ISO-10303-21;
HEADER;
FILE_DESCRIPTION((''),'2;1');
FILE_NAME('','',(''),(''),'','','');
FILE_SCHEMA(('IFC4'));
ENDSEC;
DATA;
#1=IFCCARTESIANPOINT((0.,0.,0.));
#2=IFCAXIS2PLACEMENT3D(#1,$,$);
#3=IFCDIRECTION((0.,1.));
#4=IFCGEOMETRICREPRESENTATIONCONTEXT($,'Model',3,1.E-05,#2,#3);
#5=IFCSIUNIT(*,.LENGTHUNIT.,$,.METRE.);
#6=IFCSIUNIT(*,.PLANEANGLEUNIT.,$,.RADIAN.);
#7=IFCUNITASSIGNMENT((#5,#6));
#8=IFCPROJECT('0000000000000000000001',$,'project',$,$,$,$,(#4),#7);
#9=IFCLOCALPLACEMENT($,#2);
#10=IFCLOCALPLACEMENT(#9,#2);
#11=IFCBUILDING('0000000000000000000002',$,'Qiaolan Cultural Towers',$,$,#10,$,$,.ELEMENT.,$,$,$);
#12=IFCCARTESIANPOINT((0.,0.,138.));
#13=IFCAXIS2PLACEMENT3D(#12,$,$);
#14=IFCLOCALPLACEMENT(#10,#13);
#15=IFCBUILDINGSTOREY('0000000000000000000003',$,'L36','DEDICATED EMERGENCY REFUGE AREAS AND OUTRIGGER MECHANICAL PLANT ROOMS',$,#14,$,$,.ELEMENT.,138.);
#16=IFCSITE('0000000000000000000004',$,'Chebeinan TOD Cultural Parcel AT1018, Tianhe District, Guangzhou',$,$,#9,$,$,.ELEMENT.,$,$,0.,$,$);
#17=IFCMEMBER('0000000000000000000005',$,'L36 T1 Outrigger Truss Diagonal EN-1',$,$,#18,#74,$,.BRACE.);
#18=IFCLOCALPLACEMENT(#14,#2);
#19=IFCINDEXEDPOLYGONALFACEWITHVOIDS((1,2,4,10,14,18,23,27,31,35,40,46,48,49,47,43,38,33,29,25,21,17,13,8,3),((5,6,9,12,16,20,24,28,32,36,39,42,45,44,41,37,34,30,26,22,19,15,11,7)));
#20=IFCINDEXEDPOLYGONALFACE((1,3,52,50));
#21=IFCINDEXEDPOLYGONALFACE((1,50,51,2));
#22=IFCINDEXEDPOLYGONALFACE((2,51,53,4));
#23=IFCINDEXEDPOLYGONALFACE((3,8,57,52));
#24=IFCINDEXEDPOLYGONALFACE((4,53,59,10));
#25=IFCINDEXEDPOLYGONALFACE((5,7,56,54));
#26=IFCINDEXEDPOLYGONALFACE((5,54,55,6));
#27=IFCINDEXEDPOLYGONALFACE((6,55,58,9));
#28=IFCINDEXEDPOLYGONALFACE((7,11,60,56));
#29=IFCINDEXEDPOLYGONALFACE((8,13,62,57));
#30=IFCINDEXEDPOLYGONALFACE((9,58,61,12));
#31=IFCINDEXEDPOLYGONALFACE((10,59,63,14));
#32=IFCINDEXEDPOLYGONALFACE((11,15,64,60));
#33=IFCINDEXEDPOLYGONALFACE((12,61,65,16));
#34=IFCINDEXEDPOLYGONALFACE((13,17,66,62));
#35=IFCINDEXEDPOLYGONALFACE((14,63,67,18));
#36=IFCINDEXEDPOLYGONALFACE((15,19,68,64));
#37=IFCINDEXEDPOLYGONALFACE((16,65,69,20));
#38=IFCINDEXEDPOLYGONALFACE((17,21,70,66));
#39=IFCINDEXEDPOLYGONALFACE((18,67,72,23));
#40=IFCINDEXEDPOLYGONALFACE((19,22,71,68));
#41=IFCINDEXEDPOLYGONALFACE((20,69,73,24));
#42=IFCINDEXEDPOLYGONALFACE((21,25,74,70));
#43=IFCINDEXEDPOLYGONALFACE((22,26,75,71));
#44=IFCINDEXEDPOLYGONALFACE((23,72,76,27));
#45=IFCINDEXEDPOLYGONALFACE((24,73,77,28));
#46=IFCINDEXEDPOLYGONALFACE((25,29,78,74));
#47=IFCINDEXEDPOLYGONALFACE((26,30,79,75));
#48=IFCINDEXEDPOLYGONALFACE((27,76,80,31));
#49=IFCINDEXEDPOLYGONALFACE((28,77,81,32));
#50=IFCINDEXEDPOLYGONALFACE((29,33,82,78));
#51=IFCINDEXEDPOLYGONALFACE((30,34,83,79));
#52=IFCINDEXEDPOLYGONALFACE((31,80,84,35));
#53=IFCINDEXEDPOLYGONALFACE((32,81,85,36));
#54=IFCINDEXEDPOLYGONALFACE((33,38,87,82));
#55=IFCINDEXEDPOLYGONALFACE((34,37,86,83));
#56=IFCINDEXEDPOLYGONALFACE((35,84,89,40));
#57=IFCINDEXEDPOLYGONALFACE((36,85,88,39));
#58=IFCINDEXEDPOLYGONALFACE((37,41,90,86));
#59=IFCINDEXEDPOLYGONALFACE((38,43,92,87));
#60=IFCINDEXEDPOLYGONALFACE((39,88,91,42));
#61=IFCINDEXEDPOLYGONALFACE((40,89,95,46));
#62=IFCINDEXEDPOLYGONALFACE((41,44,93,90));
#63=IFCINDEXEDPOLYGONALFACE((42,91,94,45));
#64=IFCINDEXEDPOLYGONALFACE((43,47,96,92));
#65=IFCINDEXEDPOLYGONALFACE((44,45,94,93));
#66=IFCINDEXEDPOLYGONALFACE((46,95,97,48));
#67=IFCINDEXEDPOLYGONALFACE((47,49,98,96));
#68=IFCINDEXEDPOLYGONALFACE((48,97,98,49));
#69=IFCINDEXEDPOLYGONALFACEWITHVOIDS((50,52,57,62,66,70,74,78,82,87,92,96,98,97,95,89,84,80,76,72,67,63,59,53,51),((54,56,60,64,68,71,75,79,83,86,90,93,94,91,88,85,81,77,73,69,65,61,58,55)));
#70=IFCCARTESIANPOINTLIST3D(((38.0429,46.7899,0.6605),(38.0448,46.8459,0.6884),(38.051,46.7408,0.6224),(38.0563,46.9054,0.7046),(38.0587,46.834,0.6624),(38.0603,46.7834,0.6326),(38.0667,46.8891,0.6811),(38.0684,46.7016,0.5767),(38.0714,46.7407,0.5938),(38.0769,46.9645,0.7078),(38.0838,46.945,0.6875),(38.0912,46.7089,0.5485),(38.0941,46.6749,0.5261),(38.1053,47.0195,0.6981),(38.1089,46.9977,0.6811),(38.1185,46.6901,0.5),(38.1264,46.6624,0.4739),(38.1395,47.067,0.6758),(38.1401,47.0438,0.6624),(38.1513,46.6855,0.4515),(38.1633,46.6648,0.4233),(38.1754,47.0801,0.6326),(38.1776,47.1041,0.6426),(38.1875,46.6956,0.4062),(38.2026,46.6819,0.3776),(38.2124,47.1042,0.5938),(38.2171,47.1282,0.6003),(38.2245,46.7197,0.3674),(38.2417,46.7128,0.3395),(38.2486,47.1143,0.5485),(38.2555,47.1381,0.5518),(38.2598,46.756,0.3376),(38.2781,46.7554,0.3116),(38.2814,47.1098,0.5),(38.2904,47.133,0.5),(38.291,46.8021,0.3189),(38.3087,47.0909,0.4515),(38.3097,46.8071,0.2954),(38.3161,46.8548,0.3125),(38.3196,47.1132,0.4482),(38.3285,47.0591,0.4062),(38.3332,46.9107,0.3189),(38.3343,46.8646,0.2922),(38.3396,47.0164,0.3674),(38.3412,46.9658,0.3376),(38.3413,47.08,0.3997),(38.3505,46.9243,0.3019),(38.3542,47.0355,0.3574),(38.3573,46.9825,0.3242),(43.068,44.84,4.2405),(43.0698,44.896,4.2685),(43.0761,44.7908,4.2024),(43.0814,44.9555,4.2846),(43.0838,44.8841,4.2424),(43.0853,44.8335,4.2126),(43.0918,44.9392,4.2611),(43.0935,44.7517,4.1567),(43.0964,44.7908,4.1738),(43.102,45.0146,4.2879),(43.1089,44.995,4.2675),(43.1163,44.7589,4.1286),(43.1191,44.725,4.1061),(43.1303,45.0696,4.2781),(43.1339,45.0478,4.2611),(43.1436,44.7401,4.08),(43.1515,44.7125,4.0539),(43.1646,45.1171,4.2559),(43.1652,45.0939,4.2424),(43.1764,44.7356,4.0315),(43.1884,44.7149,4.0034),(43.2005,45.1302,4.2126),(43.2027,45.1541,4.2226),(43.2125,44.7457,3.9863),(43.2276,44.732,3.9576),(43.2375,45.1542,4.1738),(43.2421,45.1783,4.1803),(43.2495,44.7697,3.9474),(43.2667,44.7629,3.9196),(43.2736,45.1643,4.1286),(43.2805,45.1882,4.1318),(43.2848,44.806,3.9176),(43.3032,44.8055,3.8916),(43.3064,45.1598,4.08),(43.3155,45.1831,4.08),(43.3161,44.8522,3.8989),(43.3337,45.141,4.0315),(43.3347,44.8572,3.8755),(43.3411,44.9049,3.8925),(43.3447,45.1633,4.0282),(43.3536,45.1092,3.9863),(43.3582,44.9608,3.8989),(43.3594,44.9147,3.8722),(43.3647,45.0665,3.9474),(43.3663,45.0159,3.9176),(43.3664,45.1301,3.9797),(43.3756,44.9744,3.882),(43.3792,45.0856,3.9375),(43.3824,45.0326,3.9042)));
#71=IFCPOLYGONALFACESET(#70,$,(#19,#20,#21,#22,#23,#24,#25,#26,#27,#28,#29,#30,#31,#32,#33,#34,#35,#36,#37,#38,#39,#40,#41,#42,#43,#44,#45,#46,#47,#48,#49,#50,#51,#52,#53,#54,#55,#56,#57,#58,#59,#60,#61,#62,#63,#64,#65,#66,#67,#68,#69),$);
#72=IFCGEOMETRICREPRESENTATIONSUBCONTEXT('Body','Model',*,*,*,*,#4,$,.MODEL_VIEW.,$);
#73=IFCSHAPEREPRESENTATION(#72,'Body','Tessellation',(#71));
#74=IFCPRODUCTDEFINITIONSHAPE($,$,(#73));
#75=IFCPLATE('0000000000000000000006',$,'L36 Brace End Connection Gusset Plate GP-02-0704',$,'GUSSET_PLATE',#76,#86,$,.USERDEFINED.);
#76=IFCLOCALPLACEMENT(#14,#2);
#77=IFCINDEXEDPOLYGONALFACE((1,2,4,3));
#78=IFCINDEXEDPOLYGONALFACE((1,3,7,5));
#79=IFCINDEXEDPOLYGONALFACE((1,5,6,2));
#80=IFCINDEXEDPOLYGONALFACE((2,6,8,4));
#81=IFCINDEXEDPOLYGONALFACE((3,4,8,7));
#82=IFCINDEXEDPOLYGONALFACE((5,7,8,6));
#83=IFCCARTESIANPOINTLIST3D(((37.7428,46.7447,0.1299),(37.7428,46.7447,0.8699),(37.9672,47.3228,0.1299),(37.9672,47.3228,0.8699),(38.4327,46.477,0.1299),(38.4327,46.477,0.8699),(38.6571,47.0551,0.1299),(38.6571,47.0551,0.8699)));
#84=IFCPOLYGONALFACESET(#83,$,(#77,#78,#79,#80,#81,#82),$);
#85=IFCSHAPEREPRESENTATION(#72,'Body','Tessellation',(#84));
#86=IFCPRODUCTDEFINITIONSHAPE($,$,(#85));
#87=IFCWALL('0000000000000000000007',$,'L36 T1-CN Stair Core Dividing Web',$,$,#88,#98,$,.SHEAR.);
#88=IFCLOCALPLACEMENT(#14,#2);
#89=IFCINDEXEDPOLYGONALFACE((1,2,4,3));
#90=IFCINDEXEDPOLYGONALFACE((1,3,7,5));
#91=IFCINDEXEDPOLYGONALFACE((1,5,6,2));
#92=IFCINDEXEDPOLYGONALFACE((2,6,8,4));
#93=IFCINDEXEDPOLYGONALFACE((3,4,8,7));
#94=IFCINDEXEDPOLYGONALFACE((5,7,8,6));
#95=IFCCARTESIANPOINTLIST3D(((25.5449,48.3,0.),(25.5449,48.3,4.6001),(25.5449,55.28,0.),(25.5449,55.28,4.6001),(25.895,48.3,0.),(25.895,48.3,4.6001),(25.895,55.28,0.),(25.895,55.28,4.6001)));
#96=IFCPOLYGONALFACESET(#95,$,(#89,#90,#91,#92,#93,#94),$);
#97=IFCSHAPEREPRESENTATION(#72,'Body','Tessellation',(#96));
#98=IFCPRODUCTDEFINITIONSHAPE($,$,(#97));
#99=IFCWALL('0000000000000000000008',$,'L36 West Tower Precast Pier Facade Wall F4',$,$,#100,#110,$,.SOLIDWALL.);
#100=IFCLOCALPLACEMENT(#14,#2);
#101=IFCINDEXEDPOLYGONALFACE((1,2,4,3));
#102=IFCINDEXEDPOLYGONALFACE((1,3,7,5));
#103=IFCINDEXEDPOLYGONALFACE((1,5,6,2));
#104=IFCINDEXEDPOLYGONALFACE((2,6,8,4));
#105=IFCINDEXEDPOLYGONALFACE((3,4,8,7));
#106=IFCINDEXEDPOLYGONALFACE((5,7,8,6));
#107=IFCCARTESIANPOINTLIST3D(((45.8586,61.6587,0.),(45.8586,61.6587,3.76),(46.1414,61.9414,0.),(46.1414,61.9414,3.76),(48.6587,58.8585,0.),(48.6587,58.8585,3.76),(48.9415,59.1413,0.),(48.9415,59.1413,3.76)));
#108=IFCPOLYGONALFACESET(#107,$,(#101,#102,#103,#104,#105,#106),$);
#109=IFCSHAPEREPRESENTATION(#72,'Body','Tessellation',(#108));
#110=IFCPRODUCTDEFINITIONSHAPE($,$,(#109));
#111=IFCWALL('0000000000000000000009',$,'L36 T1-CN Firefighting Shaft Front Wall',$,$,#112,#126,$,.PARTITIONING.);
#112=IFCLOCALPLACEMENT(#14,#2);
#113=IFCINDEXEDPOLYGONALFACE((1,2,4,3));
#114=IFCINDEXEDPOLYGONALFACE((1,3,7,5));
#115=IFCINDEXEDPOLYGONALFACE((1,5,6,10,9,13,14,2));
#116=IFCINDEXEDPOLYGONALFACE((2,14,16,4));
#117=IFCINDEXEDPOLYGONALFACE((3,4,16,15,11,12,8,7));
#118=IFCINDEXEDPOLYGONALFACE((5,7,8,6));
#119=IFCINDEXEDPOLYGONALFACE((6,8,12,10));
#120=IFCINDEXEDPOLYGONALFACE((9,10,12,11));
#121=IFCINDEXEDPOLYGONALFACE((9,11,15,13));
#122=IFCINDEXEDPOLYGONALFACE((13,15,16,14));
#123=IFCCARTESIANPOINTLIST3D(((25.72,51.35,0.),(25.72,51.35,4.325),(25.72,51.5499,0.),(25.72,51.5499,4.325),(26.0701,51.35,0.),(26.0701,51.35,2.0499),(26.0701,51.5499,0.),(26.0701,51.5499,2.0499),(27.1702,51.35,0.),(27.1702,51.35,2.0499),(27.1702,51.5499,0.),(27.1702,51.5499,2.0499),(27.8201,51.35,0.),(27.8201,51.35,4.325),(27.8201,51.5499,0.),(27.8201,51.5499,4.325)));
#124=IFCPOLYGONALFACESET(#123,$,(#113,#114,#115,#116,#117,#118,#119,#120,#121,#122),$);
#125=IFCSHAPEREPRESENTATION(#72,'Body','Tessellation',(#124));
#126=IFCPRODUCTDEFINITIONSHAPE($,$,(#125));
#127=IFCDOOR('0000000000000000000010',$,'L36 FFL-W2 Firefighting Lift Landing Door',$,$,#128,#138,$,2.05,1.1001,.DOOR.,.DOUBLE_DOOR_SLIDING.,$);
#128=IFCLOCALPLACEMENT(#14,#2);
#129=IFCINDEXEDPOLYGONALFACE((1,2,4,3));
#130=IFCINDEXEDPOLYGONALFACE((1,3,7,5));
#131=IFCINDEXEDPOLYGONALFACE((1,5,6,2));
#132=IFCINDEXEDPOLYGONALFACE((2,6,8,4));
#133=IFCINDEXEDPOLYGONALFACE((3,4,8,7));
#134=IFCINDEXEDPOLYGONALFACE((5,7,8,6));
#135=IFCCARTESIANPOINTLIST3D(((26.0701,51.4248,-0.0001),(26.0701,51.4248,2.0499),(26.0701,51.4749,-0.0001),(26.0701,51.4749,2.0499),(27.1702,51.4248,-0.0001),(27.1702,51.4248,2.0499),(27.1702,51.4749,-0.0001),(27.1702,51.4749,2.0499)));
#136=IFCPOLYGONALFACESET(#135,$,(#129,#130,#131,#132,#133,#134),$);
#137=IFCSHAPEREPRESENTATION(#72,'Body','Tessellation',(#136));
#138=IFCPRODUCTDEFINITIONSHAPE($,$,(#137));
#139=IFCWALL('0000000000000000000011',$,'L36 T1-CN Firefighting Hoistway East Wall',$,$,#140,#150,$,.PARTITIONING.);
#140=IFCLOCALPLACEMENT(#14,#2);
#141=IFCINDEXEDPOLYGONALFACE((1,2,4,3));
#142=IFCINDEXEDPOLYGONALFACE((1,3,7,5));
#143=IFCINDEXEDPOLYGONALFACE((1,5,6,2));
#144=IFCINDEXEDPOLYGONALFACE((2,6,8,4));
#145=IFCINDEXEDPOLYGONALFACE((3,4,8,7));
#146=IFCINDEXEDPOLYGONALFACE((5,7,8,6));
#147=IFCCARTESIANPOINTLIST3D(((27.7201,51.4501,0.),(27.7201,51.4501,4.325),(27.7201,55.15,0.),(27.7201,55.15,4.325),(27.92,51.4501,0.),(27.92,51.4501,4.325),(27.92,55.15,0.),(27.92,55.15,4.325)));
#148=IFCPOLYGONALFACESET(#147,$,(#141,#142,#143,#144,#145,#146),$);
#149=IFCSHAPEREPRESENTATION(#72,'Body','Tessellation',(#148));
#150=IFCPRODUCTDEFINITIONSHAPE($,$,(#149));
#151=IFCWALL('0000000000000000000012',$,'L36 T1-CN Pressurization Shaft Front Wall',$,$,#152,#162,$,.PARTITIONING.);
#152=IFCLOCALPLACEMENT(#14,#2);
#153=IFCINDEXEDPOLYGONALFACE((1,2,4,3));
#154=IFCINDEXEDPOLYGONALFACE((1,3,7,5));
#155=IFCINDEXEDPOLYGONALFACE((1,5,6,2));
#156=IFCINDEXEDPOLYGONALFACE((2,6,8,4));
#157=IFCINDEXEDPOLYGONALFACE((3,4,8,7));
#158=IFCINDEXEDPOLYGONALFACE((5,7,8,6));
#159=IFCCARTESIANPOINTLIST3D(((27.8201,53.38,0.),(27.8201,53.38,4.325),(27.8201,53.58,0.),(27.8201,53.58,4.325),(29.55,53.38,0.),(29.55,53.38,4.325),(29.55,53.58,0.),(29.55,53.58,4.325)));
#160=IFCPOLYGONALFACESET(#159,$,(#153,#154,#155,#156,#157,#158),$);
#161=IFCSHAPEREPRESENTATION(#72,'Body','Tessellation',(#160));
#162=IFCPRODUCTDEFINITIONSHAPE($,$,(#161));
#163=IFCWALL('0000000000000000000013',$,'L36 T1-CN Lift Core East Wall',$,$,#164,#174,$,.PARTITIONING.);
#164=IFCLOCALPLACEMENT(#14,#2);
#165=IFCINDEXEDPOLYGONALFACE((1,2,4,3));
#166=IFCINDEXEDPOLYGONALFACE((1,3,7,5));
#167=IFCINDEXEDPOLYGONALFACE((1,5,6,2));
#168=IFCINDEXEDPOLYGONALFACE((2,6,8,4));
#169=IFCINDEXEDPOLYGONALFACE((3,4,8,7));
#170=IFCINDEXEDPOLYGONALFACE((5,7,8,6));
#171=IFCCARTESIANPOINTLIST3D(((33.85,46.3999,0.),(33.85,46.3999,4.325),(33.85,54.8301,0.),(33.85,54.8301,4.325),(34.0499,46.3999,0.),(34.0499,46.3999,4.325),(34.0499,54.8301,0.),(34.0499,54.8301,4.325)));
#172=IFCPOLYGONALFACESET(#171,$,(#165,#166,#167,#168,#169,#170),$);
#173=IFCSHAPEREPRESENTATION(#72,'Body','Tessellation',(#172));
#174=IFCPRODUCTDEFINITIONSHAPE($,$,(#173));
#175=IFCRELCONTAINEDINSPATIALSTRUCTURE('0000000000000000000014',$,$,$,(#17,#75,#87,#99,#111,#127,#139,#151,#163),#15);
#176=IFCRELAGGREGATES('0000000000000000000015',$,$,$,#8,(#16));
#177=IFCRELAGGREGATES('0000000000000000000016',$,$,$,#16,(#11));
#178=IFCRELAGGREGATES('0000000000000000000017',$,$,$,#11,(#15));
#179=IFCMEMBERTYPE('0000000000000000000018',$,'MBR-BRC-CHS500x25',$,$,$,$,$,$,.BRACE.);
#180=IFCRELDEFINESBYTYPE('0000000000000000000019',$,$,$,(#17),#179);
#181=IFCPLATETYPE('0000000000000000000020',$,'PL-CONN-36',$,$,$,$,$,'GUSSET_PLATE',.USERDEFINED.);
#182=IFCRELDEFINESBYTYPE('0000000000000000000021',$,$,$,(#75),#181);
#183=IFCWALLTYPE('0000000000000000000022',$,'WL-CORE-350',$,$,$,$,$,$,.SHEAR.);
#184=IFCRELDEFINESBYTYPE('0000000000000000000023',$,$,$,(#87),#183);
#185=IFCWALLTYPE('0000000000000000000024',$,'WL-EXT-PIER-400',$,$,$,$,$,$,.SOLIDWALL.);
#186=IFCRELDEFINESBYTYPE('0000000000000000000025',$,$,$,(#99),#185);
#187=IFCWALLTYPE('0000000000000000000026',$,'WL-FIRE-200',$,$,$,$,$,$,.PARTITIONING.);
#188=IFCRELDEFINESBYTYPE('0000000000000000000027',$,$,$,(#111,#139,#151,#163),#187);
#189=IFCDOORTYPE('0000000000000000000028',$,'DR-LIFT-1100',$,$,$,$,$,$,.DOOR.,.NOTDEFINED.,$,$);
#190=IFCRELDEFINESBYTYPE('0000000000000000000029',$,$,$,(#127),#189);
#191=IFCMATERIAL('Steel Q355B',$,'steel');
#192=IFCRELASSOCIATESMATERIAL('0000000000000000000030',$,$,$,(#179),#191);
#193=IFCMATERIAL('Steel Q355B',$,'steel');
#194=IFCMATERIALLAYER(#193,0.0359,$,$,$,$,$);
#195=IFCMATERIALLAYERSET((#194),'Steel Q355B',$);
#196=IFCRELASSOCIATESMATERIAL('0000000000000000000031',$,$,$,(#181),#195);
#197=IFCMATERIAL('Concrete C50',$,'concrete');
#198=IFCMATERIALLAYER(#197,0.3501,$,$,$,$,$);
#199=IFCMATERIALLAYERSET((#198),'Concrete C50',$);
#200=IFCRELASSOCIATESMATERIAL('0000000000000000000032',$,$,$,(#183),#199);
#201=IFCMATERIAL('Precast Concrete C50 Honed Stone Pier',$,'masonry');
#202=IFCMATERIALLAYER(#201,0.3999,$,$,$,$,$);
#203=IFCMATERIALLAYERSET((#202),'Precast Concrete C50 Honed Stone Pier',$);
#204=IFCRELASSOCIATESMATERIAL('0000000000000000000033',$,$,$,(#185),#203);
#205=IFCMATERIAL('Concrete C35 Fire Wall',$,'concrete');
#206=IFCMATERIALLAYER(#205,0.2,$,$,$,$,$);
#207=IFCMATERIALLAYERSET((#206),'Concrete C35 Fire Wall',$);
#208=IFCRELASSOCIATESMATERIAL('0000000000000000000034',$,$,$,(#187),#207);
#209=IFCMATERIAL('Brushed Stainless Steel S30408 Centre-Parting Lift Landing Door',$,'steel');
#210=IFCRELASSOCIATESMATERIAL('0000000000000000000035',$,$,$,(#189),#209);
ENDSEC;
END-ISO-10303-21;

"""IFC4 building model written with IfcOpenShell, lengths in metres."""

from ifc_helpers import new_model, si_unit, direction, frame, frame_2d, origin, origin_2d, place, context, subcontext, project, spatial, rectangle, hollow_circle, extrude, material, layer, layer_set, material_profile, profile_set, type_object, element, fill, save


model = new_model("IFC4")

# Units and contexts
model_context = context("Model", 3, precision=1e-05, world=origin(), true_north=direction((0.0, 1.0)))
body_context = subcontext(model_context, "Body", "Model", "MODEL_VIEW")
ifc_project = project(units=[si_unit("LENGTHUNIT", "METRE"), si_unit("PLANEANGLEUNIT", "RADIAN")], contexts=[model_context])

# Site, building, storey
site_placement = place(None, origin())
site = spatial("IfcSite", under=ifc_project, at=site_placement, Name="Chebeinan TOD Cultural Parcel AT1018, Tianhe District, Guangzhou", CompositionType="ELEMENT", RefElevation=0.0)
building_placement = place(site_placement, origin())
building = spatial("IfcBuilding", under=site, at=building_placement, Name="Qiaolan Cultural Towers", CompositionType="ELEMENT")
storey_placement = place(building_placement, frame((0.0, 0.0, 138.0)))
storey = spatial("IfcBuildingStorey", under=building, at=storey_placement, Name="L36", Description="DEDICATED EMERGENCY REFUGE AREAS AND OUTRIGGER MECHANICAL PLANT ROOMS", CompositionType="ELEMENT", Elevation=138.0)

# Member
ifc_material_1 = material(Name="Steel Q355B", Category="steel")
ifc_material_profile_1 = material_profile(ifc_material_1, hollow_circle(Radius=0.25, WallThickness=0.0249, at=origin_2d()), Name="CHS500x25")
ifc_profile_set_1 = profile_set([ifc_material_profile_1], Name="Steel Q355B")
member_type = type_object("IfcMemberType", Name="MBR-BRC-CHS500x25", PredefinedType="BRACE", material=ifc_profile_set_1)
member_placement = place(storey_placement, frame((38.2, 46.8999, 0.5), z_axis=(0.776587, -0.301346, 0.553266), x_axis=(0.361758, 0.932272, 0.0)))
element("IfcMember", 1, at=member_placement, inside=storey, type_object=member_type, Name="L36 T1 Outrigger Truss Diagonal EN-1", PredefinedType="BRACE", context=body_context, shape_type="SweptSolid", body=[
    extrude(hollow_circle(Radius=0.25, WallThickness=0.0249, at=origin_2d()), origin(), (0.0, 0.0, 1.0), 6.4707),
])

# Plate
ifc_material_2 = material(Name="Steel Q355B", Category="steel")
ifc_layer_1 = layer(ifc_material_2, 0.0359)
ifc_layer_set_1 = layer_set([ifc_layer_1], Name="Steel Q355B")
plate_type = type_object("IfcPlateType", Name="PL-CONN-36", ElementType="GUSSET_PLATE", PredefinedType="USERDEFINED", material=ifc_layer_set_1)
plate_placement = place(storey_placement, frame((38.2, 46.8999, 0.1299), z_axis=(0.0, 0.0, 1.0), x_axis=(-0.932266, 0.361775, 0.0)))
element("IfcPlate", 2, at=plate_placement, inside=storey, type_object=plate_type, Name="L36 Brace End Connection Gusset Plate GP-02-0704", ObjectType="GUSSET_PLATE", PredefinedType="USERDEFINED", context=body_context, shape_type="SweptSolid", body=[
    extrude(rectangle(XDim=0.74, YDim=0.6201, at=origin_2d()), origin(), (0.0, 0.0, 1.0), 0.74),
])

# Walls
ifc_material_3 = material(Name="Concrete C50", Category="concrete")
ifc_layer_2 = layer(ifc_material_3, 0.3501)
ifc_layer_set_2 = layer_set([ifc_layer_2], Name="Concrete C50")
wall_type_1 = type_object("IfcWallType", Name="WL-CORE-350", PredefinedType="SHEAR", material=ifc_layer_set_2)
wall_1_placement = place(storey_placement, frame((25.72, 48.3, 0.0), z_axis=(0.0, 0.0, 1.0), x_axis=(0.0, 1.0, 0.0)))
element("IfcWall", 3, at=wall_1_placement, inside=storey, type_object=wall_type_1, Name="L36 T1-CN Stair Core Dividing Web", PredefinedType="SHEAR", context=body_context, shape_type="SweptSolid", body=[
    extrude(rectangle(XDim=6.98, YDim=0.3501, at=frame_2d((3.49, 0.0))), origin(), (0.0, 0.0, 1.0), 4.6001),
])
ifc_material_4 = material(Name="Precast Concrete C50 Honed Stone Pier", Category="masonry")
ifc_layer_3 = layer(ifc_material_4, 0.3999)
ifc_layer_set_3 = layer_set([ifc_layer_3], Name="Precast Concrete C50 Honed Stone Pier")
wall_type_2 = type_object("IfcWallType", Name="WL-EXT-PIER-400", PredefinedType="SOLIDWALL", material=ifc_layer_set_3)
wall_2_placement = place(storey_placement, frame((46.0, 61.8, 0.0), z_axis=(0.0, 0.0, 1.0), x_axis=(0.707107, -0.707107, 0.0)))
element("IfcWall", 4, at=wall_2_placement, inside=storey, type_object=wall_type_2, Name="L36 West Tower Precast Pier Facade Wall F4", PredefinedType="SOLIDWALL", context=body_context, shape_type="SweptSolid", body=[
    extrude(rectangle(XDim=3.96, YDim=0.3999, at=frame_2d((1.98, 0.0))), origin(), (0.0, 0.0, 1.0), 3.76),
])

# Wall, opening, door
ifc_material_5 = material(Name="Concrete C35 Fire Wall", Category="concrete")
ifc_layer_4 = layer(ifc_material_5, 0.2)
ifc_layer_set_4 = layer_set([ifc_layer_4], Name="Concrete C35 Fire Wall")
wall_type_3 = type_object("IfcWallType", Name="WL-FIRE-200", PredefinedType="PARTITIONING", material=ifc_layer_set_4)
wall_3_placement = place(storey_placement, frame((25.72, 51.45, 0.0), z_axis=(0.0, 0.0, 1.0), x_axis=(1.0, 0.0, 0.0)))
wall_3 = element("IfcWall", 5, at=wall_3_placement, inside=storey, type_object=wall_type_3, Name="L36 T1-CN Firefighting Shaft Front Wall", PredefinedType="PARTITIONING", context=body_context, shape_type="SweptSolid", body=[
    extrude(rectangle(XDim=2.1001, YDim=0.2, at=frame_2d((1.05, 0.0))), origin(), (0.0, 0.0, 1.0), 4.325),
])
opening_1_placement = place(wall_3_placement, frame((0.3501, 0.0, 0.0)))
opening_1 = element("IfcOpeningElement", 6, at=opening_1_placement, cuts=wall_3, PredefinedType="OPENING", context=body_context, shape_type="SweptSolid", body=[
    extrude(rectangle(XDim=1.1001, YDim=2.05, at=frame_2d((0.55, 1.0249))), frame((0.0, 0.1099, 0.0), z_axis=(0.0, -1.0, 0.0), x_axis=(1.0, 0.0, 0.0)), (0.0, 0.0, 1.0), 0.22),
])
ifc_material_6 = material(Name="Brushed Stainless Steel S30408 Centre-Parting Lift Landing Door", Category="steel")
door_type_1 = type_object("IfcDoorType", Name="DR-LIFT-1100", OperationType="NOTDEFINED", PredefinedType="DOOR", material=ifc_material_6)
door_1_placement = place(opening_1_placement, origin())
door_1 = element("IfcDoor", 7, at=door_1_placement, inside=storey, type_object=door_type_1, Name="L36 FFL-W2 Firefighting Lift Landing Door", OperationType="DOUBLE_DOOR_SLIDING", OverallHeight=2.05, OverallWidth=1.1001, PredefinedType="DOOR", context=body_context, shape_type="SweptSolid", body=[
    extrude(rectangle(XDim=1.1001, YDim=2.05, at=frame_2d((0.55, 1.0249))), frame((0.0, 0.0249, 0.0), z_axis=(0.0, -1.0, 0.0), x_axis=(1.0, 0.0, 0.0)), (0.0, 0.0, 1.0), 0.05),
])
fill(opening_1, door_1)

# Walls
wall_4_placement = place(storey_placement, frame((27.8201, 51.45, 0.0), z_axis=(0.0, 0.0, 1.0), x_axis=(0.0, 1.0, 0.0)))
element("IfcWall", 8, at=wall_4_placement, inside=storey, type_object=wall_type_3, Name="L36 T1-CN Firefighting Hoistway East Wall", PredefinedType="PARTITIONING", context=body_context, shape_type="SweptSolid", body=[
    extrude(rectangle(XDim=3.7, YDim=0.2, at=frame_2d((1.8501, 0.0))), origin(), (0.0, 0.0, 1.0), 4.325),
])
wall_5_placement = place(storey_placement, frame((27.8201, 53.48, 0.0), z_axis=(0.0, 0.0, 1.0), x_axis=(1.0, 0.0, 0.0)))
element("IfcWall", 9, at=wall_5_placement, inside=storey, type_object=wall_type_3, Name="L36 T1-CN Pressurization Shaft Front Wall", PredefinedType="PARTITIONING", context=body_context, shape_type="SweptSolid", body=[
    extrude(rectangle(XDim=1.73, YDim=0.2, at=frame_2d((0.865, 0.0))), origin(), (0.0, 0.0, 1.0), 4.325),
])
wall_6_placement = place(storey_placement, frame((33.95, 46.3999, 0.0), z_axis=(0.0, 0.0, 1.0), x_axis=(0.0, 1.0, 0.0)))
element("IfcWall", 10, at=wall_6_placement, inside=storey, type_object=wall_type_3, Name="L36 T1-CN Lift Core East Wall", PredefinedType="PARTITIONING", context=body_context, shape_type="SweptSolid", body=[
    extrude(rectangle(XDim=8.4302, YDim=0.2, at=frame_2d((4.2151, 0.0))), origin(), (0.0, 0.0, 1.0), 4.325),
])

save(model, "model.ifc")
